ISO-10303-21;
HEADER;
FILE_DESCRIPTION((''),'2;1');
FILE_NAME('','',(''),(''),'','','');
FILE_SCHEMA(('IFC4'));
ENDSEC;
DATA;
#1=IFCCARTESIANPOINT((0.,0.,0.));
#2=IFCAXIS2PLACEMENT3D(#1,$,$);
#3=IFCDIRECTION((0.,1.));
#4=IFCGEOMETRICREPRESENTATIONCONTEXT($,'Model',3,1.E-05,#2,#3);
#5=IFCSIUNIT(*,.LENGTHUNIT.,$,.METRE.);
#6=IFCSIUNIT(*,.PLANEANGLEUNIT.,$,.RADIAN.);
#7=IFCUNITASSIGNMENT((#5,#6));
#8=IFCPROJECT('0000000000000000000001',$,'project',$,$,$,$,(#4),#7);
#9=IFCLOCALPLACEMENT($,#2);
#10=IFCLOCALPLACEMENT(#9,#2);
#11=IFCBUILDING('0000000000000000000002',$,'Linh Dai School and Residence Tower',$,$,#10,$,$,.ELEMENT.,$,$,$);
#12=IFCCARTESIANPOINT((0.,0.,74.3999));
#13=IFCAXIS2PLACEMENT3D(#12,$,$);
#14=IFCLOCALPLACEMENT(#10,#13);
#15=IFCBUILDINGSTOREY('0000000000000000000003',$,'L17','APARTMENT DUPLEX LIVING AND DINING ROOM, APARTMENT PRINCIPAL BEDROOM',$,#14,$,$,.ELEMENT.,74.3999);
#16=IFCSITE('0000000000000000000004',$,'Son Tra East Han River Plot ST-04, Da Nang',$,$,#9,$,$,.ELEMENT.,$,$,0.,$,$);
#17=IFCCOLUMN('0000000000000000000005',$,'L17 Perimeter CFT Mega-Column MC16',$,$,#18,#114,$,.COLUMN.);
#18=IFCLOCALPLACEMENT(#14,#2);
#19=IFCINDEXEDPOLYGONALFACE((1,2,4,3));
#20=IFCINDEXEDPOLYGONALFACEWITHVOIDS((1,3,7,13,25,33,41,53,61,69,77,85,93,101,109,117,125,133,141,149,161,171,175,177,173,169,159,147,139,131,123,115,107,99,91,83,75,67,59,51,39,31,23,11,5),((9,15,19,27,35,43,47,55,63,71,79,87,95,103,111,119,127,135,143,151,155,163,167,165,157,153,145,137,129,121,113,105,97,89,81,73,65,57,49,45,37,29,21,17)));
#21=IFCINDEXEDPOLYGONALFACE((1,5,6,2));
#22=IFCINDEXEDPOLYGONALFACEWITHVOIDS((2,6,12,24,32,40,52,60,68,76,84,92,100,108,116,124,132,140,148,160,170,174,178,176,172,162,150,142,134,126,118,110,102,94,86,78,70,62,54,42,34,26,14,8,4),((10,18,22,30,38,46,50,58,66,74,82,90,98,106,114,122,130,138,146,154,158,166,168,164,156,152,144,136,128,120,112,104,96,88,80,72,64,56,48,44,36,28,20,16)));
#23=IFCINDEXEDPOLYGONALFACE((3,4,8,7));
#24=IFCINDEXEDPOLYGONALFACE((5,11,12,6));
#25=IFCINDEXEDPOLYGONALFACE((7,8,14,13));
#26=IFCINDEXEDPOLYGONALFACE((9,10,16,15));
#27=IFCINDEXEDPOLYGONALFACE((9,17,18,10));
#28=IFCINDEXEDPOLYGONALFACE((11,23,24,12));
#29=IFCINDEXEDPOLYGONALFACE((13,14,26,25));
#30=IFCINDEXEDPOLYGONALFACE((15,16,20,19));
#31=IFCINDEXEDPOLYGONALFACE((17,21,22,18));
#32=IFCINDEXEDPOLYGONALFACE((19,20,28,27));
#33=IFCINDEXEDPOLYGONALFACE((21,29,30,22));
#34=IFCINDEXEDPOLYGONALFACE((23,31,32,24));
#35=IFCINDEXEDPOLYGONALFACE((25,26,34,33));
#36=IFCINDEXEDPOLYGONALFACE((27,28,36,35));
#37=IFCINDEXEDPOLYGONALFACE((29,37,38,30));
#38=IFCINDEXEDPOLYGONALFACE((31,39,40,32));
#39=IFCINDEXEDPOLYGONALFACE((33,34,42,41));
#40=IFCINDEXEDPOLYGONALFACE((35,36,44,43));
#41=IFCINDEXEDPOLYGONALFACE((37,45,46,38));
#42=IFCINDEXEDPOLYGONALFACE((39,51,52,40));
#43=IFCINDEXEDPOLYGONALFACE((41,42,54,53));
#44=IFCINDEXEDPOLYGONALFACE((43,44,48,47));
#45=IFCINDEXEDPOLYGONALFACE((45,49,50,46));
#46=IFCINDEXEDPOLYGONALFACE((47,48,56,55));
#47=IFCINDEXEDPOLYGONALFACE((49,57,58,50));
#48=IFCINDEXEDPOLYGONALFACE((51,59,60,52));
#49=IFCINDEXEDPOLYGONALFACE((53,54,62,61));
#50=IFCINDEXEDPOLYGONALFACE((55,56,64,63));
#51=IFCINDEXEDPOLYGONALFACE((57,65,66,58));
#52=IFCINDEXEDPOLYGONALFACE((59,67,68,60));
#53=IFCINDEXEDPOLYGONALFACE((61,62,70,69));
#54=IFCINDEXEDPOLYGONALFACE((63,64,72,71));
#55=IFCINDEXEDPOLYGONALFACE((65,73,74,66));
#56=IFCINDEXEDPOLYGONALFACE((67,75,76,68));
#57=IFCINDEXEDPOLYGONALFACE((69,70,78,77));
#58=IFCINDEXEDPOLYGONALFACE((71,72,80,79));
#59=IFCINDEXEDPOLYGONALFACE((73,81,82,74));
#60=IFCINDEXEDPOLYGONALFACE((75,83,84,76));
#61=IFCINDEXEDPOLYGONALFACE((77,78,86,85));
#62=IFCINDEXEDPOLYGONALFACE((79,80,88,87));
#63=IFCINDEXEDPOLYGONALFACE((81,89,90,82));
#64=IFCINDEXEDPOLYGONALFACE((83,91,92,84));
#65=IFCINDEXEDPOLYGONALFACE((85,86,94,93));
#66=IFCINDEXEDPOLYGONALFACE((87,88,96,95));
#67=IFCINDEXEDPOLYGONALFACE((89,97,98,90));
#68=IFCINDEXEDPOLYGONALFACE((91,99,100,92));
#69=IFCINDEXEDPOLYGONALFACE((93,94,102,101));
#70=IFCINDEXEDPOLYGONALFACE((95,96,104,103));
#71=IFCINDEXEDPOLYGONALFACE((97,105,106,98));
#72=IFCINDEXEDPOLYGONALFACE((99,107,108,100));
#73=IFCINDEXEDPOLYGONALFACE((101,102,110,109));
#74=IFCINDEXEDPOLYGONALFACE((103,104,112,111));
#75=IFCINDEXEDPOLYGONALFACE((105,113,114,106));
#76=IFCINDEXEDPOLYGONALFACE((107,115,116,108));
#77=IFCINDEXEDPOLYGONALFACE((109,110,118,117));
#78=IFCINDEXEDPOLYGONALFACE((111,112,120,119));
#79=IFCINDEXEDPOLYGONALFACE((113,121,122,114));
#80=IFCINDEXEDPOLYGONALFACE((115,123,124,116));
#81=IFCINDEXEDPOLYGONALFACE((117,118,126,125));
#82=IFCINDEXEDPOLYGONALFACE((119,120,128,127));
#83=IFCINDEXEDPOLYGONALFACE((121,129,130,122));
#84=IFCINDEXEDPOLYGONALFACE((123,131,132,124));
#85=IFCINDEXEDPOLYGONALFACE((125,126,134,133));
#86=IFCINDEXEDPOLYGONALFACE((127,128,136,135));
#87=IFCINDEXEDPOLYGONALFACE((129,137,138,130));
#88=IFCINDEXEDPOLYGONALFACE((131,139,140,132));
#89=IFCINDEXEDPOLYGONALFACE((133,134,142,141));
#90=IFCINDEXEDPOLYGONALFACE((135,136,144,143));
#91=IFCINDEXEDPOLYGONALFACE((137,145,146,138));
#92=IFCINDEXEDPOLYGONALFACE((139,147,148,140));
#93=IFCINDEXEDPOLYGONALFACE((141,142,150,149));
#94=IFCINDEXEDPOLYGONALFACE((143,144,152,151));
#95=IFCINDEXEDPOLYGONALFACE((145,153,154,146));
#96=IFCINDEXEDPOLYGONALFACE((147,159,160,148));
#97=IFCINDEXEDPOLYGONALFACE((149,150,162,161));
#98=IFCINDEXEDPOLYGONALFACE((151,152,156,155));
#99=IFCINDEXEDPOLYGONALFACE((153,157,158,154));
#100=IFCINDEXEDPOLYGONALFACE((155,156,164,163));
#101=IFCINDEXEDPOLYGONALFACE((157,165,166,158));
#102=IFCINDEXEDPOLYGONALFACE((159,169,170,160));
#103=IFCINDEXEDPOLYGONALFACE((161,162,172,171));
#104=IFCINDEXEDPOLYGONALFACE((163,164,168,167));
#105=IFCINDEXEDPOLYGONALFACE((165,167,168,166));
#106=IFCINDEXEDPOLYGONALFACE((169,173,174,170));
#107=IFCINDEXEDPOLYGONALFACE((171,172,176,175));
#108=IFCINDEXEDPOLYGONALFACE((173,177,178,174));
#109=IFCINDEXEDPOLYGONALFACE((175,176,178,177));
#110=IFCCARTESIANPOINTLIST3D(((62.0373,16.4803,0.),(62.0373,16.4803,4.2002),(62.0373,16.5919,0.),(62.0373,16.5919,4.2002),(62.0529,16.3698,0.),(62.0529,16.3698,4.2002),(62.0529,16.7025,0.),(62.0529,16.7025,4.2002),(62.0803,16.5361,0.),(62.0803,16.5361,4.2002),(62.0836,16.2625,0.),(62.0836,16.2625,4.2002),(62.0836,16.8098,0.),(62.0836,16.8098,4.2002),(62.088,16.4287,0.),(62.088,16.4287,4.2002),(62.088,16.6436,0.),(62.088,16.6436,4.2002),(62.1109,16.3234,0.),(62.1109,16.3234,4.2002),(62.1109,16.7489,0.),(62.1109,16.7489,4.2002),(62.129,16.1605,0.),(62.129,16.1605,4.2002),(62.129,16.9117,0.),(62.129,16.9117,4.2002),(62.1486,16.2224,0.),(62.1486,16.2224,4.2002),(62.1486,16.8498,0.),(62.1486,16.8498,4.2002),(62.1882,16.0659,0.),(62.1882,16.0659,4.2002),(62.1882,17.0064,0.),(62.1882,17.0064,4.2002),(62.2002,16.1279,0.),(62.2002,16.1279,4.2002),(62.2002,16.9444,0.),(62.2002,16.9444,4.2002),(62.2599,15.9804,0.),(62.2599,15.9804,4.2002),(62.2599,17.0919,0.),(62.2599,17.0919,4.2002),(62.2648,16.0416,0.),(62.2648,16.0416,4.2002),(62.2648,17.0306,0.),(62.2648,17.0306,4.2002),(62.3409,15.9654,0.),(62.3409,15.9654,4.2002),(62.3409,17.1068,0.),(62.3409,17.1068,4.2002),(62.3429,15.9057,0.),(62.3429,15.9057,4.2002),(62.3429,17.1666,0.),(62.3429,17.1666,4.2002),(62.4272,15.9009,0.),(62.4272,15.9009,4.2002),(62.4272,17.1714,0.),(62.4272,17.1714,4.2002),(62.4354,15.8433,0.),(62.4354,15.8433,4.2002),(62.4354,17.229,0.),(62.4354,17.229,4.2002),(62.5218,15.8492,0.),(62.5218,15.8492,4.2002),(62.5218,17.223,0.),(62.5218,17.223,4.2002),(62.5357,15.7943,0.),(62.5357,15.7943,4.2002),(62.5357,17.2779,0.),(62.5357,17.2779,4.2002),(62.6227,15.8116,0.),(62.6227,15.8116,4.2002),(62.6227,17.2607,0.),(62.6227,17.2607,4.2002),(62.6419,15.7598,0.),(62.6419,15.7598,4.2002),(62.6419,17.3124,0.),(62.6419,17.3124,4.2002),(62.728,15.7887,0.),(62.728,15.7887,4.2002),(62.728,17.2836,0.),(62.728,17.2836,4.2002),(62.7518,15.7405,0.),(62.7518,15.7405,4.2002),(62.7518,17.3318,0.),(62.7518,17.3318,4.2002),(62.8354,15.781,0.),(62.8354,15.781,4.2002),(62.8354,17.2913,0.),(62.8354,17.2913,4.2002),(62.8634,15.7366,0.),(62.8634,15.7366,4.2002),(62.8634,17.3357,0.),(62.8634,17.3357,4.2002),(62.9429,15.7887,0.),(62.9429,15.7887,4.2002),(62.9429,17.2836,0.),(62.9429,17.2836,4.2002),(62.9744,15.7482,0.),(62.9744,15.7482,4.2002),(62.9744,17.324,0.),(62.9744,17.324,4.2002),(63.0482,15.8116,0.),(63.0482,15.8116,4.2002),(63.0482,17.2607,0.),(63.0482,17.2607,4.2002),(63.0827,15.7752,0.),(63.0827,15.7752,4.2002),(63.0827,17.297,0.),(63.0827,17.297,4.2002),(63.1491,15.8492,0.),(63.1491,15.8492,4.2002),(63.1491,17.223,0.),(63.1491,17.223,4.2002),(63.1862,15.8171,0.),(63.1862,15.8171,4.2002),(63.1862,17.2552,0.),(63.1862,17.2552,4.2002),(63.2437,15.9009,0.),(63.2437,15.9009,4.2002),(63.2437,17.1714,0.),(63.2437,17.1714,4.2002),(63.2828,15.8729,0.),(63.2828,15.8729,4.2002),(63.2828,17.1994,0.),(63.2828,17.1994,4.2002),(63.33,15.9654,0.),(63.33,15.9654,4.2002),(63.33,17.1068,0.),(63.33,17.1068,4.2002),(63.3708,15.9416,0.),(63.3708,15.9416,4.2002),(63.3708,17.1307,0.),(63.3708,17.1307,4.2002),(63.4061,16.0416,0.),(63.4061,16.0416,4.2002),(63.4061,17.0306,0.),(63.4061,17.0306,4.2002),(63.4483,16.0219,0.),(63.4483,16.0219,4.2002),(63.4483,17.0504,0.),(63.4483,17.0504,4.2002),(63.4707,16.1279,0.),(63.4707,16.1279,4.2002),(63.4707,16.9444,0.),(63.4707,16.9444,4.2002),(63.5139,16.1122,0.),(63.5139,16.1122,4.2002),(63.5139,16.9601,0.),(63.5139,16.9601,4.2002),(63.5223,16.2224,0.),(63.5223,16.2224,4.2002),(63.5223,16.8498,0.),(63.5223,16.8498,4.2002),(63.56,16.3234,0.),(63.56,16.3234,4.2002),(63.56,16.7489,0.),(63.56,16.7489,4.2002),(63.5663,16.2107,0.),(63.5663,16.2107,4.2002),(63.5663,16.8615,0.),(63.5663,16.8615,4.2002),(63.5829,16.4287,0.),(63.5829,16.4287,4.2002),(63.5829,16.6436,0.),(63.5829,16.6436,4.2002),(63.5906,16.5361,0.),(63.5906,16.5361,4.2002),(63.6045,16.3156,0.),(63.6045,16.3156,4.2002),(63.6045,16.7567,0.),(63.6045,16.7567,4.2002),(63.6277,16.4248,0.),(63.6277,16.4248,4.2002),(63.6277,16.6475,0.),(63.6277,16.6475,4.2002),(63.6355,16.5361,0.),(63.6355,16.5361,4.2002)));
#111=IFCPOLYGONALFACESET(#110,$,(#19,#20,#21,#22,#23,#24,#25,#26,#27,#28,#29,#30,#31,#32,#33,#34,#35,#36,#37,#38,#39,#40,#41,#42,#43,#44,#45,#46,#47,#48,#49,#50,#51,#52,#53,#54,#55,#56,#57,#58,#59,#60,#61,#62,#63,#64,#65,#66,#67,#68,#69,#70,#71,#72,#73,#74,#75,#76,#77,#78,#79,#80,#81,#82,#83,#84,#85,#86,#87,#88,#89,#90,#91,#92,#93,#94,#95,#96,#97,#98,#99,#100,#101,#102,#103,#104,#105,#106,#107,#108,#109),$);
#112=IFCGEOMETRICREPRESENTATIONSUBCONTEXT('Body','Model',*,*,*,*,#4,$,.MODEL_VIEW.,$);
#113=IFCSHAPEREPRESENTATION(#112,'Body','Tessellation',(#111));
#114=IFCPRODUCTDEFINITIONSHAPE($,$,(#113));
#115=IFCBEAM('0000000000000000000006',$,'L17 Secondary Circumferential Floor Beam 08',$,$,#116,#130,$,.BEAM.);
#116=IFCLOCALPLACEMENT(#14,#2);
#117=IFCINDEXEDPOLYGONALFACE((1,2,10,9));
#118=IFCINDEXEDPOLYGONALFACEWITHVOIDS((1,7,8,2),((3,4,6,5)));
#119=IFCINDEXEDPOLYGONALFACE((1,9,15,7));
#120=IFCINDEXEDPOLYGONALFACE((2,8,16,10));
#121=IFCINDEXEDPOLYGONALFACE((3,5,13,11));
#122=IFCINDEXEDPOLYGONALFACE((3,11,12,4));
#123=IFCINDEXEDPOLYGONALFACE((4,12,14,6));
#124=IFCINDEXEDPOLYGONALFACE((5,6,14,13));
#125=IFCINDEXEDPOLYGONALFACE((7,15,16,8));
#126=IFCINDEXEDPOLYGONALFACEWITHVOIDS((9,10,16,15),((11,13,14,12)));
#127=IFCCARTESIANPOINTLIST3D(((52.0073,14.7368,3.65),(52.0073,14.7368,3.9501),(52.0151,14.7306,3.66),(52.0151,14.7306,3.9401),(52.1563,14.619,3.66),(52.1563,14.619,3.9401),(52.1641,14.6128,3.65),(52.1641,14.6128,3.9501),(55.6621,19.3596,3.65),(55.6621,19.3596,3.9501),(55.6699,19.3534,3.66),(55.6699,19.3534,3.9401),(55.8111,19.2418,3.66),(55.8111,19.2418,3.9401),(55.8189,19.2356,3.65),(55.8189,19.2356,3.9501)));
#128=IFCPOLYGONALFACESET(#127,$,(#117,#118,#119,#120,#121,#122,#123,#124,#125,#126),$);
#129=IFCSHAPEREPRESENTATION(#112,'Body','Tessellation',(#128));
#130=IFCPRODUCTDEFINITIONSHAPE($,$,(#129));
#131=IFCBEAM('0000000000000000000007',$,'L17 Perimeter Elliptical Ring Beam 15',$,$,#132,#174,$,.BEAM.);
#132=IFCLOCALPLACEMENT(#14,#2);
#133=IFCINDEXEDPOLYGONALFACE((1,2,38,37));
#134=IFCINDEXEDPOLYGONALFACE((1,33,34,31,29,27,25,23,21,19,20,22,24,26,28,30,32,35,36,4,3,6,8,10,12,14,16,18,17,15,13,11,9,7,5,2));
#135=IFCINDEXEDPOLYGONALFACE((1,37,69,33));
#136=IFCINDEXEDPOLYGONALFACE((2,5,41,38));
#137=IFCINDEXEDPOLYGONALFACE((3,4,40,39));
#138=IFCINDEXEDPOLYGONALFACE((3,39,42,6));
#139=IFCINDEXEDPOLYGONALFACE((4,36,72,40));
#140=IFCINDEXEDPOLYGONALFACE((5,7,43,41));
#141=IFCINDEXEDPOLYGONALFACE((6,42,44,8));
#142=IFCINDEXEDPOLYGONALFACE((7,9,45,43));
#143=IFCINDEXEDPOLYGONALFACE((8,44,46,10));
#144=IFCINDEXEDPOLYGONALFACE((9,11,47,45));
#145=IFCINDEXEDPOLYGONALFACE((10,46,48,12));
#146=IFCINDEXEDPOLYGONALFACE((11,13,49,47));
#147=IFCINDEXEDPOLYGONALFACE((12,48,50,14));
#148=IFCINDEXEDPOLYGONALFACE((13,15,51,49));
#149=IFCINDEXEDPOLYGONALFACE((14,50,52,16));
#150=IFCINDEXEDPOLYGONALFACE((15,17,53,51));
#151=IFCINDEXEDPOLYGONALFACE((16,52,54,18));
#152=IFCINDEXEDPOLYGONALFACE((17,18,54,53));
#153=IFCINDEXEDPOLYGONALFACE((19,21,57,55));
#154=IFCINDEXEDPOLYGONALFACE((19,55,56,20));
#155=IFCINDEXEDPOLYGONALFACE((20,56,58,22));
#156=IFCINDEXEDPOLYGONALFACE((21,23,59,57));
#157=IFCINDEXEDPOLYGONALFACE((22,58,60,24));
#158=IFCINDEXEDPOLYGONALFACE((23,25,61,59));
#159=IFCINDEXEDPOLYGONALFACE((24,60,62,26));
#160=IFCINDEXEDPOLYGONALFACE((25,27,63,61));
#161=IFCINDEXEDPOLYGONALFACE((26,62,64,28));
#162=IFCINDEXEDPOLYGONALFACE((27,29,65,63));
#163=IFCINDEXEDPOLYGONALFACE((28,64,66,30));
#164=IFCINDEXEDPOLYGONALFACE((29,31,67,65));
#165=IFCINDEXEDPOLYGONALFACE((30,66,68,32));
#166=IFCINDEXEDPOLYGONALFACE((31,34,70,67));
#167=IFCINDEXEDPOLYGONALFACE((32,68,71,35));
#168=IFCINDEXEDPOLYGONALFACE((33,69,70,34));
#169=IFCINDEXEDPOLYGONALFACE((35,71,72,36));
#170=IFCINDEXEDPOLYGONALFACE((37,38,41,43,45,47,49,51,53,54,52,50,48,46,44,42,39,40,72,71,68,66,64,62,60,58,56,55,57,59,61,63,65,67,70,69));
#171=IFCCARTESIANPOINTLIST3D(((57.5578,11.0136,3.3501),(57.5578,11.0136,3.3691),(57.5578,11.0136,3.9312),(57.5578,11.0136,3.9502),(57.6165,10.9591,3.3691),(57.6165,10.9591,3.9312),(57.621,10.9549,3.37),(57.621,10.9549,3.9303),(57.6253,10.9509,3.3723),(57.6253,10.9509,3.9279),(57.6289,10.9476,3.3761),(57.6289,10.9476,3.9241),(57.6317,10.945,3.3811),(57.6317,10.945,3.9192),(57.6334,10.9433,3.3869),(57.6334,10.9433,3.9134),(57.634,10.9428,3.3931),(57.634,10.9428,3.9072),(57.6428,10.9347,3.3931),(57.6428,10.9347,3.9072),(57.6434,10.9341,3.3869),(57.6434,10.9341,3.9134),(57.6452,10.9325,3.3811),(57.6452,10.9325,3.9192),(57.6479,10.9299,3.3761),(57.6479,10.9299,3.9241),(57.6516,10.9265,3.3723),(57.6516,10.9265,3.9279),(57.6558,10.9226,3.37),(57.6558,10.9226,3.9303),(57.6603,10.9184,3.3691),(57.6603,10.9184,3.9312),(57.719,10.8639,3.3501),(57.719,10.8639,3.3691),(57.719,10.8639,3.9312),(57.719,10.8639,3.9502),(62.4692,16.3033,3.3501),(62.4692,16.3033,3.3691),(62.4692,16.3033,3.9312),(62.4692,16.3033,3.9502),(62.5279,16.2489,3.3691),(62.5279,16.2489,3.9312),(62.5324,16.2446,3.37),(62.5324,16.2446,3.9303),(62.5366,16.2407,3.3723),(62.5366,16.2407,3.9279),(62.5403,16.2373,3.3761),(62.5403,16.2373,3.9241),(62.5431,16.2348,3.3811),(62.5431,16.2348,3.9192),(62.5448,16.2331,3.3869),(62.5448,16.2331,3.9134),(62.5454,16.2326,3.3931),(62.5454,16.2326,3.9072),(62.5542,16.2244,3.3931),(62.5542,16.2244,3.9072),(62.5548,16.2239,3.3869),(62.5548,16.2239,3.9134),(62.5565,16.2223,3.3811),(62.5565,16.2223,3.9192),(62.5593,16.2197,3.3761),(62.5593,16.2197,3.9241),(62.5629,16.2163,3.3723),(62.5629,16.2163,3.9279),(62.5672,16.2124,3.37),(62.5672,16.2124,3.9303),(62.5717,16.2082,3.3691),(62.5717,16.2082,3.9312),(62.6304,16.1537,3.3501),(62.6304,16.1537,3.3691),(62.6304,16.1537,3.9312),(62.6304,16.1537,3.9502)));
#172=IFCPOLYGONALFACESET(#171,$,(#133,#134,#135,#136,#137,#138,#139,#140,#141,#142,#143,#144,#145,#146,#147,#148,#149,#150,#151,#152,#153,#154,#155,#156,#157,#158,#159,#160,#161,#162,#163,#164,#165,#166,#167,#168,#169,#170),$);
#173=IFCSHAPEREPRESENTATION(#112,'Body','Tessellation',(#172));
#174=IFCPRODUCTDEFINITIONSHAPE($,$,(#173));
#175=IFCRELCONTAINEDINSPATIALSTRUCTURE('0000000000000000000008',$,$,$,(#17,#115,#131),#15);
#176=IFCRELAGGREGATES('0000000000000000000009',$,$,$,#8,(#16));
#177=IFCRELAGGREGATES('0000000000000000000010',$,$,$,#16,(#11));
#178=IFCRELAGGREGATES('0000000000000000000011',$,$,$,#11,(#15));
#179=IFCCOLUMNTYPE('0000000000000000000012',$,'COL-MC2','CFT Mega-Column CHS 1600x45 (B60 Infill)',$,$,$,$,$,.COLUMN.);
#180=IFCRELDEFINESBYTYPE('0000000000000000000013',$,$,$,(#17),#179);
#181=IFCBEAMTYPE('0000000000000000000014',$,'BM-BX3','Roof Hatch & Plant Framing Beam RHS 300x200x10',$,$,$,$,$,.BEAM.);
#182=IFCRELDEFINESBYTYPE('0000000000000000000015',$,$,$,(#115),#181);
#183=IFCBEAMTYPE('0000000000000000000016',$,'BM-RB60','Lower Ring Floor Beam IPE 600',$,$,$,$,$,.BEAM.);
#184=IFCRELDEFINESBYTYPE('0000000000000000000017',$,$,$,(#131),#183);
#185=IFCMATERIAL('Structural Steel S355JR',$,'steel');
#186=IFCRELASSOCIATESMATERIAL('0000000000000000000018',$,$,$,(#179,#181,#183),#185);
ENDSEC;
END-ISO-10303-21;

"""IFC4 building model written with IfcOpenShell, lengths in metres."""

from ifc_helpers import new_model, si_unit, direction, frame, origin, origin_2d, place, context, subcontext, project, spatial, hollow_rectangle, hollow_circle, i_section, extrude, material, material_profile, profile_set, type_object, element, save


model = new_model("IFC4")

# Units and contexts
model_context = context("Model", 3, precision=1e-05, world=origin(), true_north=direction((0.0, 1.0)))
body_context = subcontext(model_context, "Body", "Model", "MODEL_VIEW")
ifc_project = project(units=[si_unit("LENGTHUNIT", "METRE"), si_unit("PLANEANGLEUNIT", "RADIAN")], contexts=[model_context])

# Site, building, storey
site_placement = place(None, origin())
site = spatial("IfcSite", under=ifc_project, at=site_placement, Name="Son Tra East Han River Plot ST-04, Da Nang", CompositionType="ELEMENT", RefElevation=0.0)
building_placement = place(site_placement, origin())
building = spatial("IfcBuilding", under=site, at=building_placement, Name="Linh Dai School and Residence Tower", CompositionType="ELEMENT")
storey_placement = place(building_placement, frame((0.0, 0.0, 74.3999)))
storey = spatial("IfcBuildingStorey", under=building, at=storey_placement, Name="L17", Description="APARTMENT DUPLEX LIVING AND DINING ROOM, APARTMENT PRINCIPAL BEDROOM", CompositionType="ELEMENT", Elevation=74.3999)

# Column
ifc_material_1 = material(Name="Structural Steel S355JR", Category="steel")
ifc_material_profile_1 = material_profile(ifc_material_1, hollow_circle(Radius=0.8, WallThickness=0.0449, at=origin_2d()), Name="CHS 1600x45")
ifc_profile_set_1 = profile_set([ifc_material_profile_1], Name="Structural Steel S355JR")
column_type = type_object("IfcColumnType", Name="COL-MC2", Description="CFT Mega-Column CHS 1600x45 (B60 Infill)", PredefinedType="COLUMN", material=ifc_profile_set_1)
for number, where, z_axis, x_axis, name in (
    (1, (62.8354, 16.5361, 0.0), (0.0, 0.0, 1.0), (1.0, 0.0, 0.0), "L17 Perimeter CFT Mega-Column MC16"),
):
    element("IfcColumn", number, at=place(storey_placement, frame(where, z_axis=z_axis, x_axis=x_axis)), inside=storey, type_object=column_type, Name=name, PredefinedType="COLUMN", context=body_context, shape_type="SweptSolid", body=[
        extrude(hollow_circle(Radius=0.8, WallThickness=0.0449, at=origin_2d()), origin(), (0.0, 0.0, 1.0), 4.2002),
    ])

# Beams
ifc_material_profile_2 = material_profile(ifc_material_1, hollow_rectangle(XDim=0.2, YDim=0.3, WallThickness=0.01, at=origin_2d()), Name="RHS 300x200x10")
ifc_profile_set_2 = profile_set([ifc_material_profile_2], Name="Structural Steel S355JR")
beam_type_1 = type_object("IfcBeamType", Name="BM-BX3", Description="Roof Hatch & Plant Framing Beam RHS 300x200x10", PredefinedType="BEAM", material=ifc_profile_set_2)
beam_1_placement = place(storey_placement, frame((52.0857, 14.6748, 3.8), z_axis=(0.620188, 0.784453, 0.0), x_axis=(-0.784453, 0.620188, 0.0)))
element("IfcBeam", 2, at=beam_1_placement, inside=storey, type_object=beam_type_1, Name="L17 Secondary Circumferential Floor Beam 08", PredefinedType="BEAM", context=body_context, shape_type="SweptSolid", body=[
    extrude(hollow_rectangle(XDim=0.2, YDim=0.3, WallThickness=0.01, at=origin_2d()), origin(), (0.0, 0.0, 1.0), 5.8931),
])
ifc_material_profile_3 = material_profile(ifc_material_1, i_section(OverallWidth=0.22, OverallDepth=0.6001, WebThickness=0.012, FlangeThickness=0.019, FilletRadius=0.0239, at=origin_2d()), Name="IPE 600")
ifc_profile_set_3 = profile_set([ifc_material_profile_3], Name="Structural Steel S355JR")
beam_type_2 = type_object("IfcBeamType", Name="BM-RB60", Description="Lower Ring Floor Beam IPE 600", PredefinedType="BEAM", material=ifc_profile_set_3)
beam_2_placement = place(storey_placement, frame((57.6384, 10.9387, 3.6501), z_axis=(0.680408, 0.732833, 0.0), x_axis=(-0.732833, 0.680408, 0.0)))
element("IfcBeam", 3, at=beam_2_placement, inside=storey, type_object=beam_type_2, Name="L17 Perimeter Elliptical Ring Beam 15", PredefinedType="BEAM", context=body_context, shape_type="SweptSolid", body=[
    extrude(i_section(OverallWidth=0.22, OverallDepth=0.6001, WebThickness=0.012, FlangeThickness=0.019, FilletRadius=0.0239, at=origin_2d()), origin(), (0.0, 0.0, 1.0), 7.2183),
])

save(model, "model.ifc")
